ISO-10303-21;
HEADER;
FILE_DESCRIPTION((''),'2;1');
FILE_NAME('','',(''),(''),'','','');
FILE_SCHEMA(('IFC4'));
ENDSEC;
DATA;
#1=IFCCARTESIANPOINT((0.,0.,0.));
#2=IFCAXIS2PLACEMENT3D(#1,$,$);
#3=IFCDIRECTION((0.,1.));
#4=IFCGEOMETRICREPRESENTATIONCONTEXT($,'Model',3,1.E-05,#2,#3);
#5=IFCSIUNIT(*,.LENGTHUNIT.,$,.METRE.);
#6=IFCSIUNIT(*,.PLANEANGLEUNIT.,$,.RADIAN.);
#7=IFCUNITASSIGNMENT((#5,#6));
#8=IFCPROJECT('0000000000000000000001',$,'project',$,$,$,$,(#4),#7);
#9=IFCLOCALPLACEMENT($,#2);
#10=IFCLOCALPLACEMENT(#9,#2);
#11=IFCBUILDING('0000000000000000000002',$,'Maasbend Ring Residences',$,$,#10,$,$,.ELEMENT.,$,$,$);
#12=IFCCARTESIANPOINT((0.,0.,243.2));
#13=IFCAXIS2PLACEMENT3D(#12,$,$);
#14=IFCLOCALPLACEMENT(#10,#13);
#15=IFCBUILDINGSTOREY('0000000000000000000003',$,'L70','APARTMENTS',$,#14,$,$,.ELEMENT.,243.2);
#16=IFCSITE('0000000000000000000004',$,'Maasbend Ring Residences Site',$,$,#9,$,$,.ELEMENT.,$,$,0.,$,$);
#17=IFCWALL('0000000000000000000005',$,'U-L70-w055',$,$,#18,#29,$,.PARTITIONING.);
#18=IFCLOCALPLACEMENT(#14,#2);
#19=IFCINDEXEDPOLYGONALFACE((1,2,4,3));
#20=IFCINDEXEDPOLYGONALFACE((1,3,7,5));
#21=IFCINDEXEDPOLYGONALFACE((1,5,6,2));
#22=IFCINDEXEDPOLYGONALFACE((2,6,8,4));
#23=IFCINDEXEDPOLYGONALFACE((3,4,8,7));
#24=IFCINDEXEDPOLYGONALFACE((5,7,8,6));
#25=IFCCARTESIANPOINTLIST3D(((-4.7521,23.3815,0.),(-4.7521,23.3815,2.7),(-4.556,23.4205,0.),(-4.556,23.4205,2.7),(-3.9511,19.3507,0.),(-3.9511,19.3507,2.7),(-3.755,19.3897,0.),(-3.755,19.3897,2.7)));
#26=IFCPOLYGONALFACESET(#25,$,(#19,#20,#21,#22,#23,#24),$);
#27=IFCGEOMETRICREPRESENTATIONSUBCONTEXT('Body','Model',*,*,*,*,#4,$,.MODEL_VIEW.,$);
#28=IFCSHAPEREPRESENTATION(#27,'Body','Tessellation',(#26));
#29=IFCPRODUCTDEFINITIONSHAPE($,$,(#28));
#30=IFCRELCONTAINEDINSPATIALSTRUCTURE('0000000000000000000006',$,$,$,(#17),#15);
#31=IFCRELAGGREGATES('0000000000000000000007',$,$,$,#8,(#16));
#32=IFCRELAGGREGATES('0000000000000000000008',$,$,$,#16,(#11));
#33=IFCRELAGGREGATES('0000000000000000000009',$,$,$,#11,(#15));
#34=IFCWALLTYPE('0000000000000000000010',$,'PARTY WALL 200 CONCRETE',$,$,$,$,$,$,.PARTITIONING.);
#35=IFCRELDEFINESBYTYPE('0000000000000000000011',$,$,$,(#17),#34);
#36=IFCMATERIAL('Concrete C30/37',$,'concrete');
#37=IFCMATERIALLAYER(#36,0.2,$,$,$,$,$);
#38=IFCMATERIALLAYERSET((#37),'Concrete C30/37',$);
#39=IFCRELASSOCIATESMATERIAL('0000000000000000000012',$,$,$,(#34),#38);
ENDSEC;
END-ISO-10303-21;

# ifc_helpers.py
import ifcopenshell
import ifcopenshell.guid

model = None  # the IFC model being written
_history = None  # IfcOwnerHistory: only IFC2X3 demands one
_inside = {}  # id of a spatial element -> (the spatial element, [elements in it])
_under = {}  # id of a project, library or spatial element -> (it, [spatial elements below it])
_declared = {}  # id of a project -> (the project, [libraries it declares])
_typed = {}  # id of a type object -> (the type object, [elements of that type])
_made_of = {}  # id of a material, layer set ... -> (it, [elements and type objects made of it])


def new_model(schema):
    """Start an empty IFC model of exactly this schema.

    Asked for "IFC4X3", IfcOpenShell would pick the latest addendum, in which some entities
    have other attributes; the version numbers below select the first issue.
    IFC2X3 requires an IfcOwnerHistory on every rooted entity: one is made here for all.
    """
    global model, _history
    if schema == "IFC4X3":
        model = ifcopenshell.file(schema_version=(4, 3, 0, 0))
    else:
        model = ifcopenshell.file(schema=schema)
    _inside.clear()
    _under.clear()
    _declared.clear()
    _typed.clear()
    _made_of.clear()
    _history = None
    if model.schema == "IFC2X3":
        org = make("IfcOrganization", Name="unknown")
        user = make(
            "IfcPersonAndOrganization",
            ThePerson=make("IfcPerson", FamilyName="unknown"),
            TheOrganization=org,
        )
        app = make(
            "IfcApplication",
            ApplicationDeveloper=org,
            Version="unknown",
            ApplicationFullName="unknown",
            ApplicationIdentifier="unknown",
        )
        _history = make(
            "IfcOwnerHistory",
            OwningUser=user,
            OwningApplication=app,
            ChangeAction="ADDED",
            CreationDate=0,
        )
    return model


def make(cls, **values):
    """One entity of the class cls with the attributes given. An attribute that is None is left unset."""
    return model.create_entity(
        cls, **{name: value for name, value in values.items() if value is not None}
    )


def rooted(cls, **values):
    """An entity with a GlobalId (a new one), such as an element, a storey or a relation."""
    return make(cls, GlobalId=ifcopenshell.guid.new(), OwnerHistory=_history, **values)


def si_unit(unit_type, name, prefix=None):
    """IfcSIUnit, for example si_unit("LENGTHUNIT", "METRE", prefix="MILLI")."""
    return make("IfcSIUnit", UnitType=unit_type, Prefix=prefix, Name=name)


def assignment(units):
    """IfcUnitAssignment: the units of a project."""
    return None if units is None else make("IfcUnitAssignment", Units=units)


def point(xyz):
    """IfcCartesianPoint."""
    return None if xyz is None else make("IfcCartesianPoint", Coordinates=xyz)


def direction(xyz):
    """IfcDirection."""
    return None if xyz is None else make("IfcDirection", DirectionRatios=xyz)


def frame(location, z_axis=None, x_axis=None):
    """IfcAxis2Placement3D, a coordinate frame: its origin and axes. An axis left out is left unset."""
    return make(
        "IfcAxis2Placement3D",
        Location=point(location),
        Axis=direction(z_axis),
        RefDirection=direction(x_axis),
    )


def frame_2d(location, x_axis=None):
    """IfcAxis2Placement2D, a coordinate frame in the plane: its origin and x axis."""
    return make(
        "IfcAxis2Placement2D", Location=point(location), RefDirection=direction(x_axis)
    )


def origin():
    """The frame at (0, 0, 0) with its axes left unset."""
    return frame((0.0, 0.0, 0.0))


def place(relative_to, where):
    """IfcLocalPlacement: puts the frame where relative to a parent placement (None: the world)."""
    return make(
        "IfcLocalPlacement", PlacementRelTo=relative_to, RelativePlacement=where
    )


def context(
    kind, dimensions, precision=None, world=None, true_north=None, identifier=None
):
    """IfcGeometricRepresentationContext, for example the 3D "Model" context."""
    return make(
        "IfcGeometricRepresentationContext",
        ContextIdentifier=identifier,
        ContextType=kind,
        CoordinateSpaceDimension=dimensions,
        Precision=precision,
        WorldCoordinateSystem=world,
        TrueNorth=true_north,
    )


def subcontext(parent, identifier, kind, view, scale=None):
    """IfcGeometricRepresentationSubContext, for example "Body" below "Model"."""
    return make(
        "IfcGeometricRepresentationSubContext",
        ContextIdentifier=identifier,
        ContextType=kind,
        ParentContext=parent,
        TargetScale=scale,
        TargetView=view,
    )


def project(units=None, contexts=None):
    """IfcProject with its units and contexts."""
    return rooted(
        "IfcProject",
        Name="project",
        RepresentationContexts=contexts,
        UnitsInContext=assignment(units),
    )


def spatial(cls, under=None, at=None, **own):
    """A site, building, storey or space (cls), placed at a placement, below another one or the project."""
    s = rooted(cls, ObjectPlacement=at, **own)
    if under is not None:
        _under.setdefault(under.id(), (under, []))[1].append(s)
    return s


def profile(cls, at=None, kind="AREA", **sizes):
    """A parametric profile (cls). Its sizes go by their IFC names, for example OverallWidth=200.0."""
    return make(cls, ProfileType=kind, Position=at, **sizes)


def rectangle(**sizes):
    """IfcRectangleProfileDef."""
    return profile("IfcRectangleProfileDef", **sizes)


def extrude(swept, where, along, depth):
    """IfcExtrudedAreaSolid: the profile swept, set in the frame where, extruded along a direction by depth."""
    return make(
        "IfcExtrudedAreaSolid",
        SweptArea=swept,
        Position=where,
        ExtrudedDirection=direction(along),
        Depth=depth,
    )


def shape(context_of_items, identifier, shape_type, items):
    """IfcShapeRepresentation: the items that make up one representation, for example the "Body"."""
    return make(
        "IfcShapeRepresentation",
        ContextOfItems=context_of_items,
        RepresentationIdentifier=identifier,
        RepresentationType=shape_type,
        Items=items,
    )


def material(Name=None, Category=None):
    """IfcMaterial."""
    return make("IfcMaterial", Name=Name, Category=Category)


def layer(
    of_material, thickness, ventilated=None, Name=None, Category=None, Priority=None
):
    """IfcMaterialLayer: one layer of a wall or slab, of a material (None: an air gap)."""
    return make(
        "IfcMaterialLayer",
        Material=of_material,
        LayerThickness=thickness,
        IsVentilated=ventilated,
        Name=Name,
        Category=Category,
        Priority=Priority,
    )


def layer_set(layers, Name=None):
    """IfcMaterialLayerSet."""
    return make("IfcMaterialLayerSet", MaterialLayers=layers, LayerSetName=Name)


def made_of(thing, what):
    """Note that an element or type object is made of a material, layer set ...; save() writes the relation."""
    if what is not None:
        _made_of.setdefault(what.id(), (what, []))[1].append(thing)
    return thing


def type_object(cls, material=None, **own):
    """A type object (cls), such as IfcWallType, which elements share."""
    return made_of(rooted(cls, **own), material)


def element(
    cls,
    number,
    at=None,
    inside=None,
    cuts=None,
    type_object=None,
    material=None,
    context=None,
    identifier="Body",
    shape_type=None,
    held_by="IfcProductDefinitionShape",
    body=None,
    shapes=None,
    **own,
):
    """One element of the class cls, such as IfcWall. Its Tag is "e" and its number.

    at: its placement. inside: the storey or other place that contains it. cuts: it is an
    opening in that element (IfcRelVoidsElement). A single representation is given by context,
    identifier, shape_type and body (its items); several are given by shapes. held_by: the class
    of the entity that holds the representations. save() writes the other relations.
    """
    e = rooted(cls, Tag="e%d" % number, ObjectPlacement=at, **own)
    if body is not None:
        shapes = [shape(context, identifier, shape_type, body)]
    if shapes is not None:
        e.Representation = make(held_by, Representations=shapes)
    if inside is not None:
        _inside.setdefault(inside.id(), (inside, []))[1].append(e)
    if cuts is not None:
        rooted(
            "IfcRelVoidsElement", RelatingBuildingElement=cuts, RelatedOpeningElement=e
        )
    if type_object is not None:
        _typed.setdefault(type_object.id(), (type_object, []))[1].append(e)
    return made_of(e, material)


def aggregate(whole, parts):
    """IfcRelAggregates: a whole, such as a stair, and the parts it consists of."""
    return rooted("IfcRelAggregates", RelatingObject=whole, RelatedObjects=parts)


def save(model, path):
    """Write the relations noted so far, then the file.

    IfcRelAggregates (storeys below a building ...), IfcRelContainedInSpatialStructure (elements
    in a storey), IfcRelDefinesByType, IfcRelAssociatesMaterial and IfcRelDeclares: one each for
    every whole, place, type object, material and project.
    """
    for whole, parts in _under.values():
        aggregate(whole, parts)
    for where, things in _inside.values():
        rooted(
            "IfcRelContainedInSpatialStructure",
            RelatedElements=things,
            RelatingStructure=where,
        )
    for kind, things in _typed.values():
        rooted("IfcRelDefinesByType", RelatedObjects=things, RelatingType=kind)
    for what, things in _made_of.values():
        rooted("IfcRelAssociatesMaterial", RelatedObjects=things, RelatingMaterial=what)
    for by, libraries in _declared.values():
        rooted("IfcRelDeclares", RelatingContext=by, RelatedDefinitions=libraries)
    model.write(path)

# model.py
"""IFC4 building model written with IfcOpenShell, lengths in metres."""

from ifc_helpers import new_model, si_unit, direction, frame, frame_2d, origin, place, context, subcontext, project, spatial, rectangle, extrude, material, layer, layer_set, type_object, element, save


model = new_model("IFC4")

# Units and contexts
model_context = context("Model", 3, precision=1e-05, world=origin(), true_north=direction((0.0, 1.0)))
body_context = subcontext(model_context, "Body", "Model", "MODEL_VIEW")
ifc_project = project(units=[si_unit("LENGTHUNIT", "METRE"), si_unit("PLANEANGLEUNIT", "RADIAN")], contexts=[model_context])

# Site, building, storey
site_placement = place(None, origin())
site = spatial("IfcSite", under=ifc_project, at=site_placement, Name="Maasbend Ring Residences Site", CompositionType="ELEMENT", RefElevation=0.0)
building_placement = place(site_placement, origin())
building = spatial("IfcBuilding", under=site, at=building_placement, Name="Maasbend Ring Residences", CompositionType="ELEMENT")
storey_placement = place(building_placement, frame((0.0, 0.0, 243.2)))
storey = spatial("IfcBuildingStorey", under=building, at=storey_placement, Name="L70", Description="APARTMENTS", CompositionType="ELEMENT", Elevation=243.2)

# Wall
ifc_material_1 = material(Name="Concrete C30/37", Category="concrete")
ifc_layer_1 = layer(ifc_material_1, 0.2)
ifc_layer_set_1 = layer_set([ifc_layer_1], Name="Concrete C30/37")
wall_type_1 = type_object("IfcWallType", Name="PARTY WALL 200 CONCRETE", PredefinedType="PARTITIONING", material=ifc_layer_set_1)
wall_1_placement = place(storey_placement, frame((-4.6541, 23.4009, 0.0), z_axis=(0.0, 0.0, 1.0), x_axis=(0.194916, -0.98082, 0.0)))
element("IfcWall", 1, at=wall_1_placement, inside=storey, type_object=wall_type_1, Name="U-L70-w055", PredefinedType="PARTITIONING", context=body_context, shape_type="SweptSolid", body=[
    extrude(rectangle(XDim=4.1096, YDim=0.2, at=frame_2d((2.0547, 0.0))), origin(), (0.0, 0.0, 1.0), 2.7),
])

save(model, "model.ifc")
